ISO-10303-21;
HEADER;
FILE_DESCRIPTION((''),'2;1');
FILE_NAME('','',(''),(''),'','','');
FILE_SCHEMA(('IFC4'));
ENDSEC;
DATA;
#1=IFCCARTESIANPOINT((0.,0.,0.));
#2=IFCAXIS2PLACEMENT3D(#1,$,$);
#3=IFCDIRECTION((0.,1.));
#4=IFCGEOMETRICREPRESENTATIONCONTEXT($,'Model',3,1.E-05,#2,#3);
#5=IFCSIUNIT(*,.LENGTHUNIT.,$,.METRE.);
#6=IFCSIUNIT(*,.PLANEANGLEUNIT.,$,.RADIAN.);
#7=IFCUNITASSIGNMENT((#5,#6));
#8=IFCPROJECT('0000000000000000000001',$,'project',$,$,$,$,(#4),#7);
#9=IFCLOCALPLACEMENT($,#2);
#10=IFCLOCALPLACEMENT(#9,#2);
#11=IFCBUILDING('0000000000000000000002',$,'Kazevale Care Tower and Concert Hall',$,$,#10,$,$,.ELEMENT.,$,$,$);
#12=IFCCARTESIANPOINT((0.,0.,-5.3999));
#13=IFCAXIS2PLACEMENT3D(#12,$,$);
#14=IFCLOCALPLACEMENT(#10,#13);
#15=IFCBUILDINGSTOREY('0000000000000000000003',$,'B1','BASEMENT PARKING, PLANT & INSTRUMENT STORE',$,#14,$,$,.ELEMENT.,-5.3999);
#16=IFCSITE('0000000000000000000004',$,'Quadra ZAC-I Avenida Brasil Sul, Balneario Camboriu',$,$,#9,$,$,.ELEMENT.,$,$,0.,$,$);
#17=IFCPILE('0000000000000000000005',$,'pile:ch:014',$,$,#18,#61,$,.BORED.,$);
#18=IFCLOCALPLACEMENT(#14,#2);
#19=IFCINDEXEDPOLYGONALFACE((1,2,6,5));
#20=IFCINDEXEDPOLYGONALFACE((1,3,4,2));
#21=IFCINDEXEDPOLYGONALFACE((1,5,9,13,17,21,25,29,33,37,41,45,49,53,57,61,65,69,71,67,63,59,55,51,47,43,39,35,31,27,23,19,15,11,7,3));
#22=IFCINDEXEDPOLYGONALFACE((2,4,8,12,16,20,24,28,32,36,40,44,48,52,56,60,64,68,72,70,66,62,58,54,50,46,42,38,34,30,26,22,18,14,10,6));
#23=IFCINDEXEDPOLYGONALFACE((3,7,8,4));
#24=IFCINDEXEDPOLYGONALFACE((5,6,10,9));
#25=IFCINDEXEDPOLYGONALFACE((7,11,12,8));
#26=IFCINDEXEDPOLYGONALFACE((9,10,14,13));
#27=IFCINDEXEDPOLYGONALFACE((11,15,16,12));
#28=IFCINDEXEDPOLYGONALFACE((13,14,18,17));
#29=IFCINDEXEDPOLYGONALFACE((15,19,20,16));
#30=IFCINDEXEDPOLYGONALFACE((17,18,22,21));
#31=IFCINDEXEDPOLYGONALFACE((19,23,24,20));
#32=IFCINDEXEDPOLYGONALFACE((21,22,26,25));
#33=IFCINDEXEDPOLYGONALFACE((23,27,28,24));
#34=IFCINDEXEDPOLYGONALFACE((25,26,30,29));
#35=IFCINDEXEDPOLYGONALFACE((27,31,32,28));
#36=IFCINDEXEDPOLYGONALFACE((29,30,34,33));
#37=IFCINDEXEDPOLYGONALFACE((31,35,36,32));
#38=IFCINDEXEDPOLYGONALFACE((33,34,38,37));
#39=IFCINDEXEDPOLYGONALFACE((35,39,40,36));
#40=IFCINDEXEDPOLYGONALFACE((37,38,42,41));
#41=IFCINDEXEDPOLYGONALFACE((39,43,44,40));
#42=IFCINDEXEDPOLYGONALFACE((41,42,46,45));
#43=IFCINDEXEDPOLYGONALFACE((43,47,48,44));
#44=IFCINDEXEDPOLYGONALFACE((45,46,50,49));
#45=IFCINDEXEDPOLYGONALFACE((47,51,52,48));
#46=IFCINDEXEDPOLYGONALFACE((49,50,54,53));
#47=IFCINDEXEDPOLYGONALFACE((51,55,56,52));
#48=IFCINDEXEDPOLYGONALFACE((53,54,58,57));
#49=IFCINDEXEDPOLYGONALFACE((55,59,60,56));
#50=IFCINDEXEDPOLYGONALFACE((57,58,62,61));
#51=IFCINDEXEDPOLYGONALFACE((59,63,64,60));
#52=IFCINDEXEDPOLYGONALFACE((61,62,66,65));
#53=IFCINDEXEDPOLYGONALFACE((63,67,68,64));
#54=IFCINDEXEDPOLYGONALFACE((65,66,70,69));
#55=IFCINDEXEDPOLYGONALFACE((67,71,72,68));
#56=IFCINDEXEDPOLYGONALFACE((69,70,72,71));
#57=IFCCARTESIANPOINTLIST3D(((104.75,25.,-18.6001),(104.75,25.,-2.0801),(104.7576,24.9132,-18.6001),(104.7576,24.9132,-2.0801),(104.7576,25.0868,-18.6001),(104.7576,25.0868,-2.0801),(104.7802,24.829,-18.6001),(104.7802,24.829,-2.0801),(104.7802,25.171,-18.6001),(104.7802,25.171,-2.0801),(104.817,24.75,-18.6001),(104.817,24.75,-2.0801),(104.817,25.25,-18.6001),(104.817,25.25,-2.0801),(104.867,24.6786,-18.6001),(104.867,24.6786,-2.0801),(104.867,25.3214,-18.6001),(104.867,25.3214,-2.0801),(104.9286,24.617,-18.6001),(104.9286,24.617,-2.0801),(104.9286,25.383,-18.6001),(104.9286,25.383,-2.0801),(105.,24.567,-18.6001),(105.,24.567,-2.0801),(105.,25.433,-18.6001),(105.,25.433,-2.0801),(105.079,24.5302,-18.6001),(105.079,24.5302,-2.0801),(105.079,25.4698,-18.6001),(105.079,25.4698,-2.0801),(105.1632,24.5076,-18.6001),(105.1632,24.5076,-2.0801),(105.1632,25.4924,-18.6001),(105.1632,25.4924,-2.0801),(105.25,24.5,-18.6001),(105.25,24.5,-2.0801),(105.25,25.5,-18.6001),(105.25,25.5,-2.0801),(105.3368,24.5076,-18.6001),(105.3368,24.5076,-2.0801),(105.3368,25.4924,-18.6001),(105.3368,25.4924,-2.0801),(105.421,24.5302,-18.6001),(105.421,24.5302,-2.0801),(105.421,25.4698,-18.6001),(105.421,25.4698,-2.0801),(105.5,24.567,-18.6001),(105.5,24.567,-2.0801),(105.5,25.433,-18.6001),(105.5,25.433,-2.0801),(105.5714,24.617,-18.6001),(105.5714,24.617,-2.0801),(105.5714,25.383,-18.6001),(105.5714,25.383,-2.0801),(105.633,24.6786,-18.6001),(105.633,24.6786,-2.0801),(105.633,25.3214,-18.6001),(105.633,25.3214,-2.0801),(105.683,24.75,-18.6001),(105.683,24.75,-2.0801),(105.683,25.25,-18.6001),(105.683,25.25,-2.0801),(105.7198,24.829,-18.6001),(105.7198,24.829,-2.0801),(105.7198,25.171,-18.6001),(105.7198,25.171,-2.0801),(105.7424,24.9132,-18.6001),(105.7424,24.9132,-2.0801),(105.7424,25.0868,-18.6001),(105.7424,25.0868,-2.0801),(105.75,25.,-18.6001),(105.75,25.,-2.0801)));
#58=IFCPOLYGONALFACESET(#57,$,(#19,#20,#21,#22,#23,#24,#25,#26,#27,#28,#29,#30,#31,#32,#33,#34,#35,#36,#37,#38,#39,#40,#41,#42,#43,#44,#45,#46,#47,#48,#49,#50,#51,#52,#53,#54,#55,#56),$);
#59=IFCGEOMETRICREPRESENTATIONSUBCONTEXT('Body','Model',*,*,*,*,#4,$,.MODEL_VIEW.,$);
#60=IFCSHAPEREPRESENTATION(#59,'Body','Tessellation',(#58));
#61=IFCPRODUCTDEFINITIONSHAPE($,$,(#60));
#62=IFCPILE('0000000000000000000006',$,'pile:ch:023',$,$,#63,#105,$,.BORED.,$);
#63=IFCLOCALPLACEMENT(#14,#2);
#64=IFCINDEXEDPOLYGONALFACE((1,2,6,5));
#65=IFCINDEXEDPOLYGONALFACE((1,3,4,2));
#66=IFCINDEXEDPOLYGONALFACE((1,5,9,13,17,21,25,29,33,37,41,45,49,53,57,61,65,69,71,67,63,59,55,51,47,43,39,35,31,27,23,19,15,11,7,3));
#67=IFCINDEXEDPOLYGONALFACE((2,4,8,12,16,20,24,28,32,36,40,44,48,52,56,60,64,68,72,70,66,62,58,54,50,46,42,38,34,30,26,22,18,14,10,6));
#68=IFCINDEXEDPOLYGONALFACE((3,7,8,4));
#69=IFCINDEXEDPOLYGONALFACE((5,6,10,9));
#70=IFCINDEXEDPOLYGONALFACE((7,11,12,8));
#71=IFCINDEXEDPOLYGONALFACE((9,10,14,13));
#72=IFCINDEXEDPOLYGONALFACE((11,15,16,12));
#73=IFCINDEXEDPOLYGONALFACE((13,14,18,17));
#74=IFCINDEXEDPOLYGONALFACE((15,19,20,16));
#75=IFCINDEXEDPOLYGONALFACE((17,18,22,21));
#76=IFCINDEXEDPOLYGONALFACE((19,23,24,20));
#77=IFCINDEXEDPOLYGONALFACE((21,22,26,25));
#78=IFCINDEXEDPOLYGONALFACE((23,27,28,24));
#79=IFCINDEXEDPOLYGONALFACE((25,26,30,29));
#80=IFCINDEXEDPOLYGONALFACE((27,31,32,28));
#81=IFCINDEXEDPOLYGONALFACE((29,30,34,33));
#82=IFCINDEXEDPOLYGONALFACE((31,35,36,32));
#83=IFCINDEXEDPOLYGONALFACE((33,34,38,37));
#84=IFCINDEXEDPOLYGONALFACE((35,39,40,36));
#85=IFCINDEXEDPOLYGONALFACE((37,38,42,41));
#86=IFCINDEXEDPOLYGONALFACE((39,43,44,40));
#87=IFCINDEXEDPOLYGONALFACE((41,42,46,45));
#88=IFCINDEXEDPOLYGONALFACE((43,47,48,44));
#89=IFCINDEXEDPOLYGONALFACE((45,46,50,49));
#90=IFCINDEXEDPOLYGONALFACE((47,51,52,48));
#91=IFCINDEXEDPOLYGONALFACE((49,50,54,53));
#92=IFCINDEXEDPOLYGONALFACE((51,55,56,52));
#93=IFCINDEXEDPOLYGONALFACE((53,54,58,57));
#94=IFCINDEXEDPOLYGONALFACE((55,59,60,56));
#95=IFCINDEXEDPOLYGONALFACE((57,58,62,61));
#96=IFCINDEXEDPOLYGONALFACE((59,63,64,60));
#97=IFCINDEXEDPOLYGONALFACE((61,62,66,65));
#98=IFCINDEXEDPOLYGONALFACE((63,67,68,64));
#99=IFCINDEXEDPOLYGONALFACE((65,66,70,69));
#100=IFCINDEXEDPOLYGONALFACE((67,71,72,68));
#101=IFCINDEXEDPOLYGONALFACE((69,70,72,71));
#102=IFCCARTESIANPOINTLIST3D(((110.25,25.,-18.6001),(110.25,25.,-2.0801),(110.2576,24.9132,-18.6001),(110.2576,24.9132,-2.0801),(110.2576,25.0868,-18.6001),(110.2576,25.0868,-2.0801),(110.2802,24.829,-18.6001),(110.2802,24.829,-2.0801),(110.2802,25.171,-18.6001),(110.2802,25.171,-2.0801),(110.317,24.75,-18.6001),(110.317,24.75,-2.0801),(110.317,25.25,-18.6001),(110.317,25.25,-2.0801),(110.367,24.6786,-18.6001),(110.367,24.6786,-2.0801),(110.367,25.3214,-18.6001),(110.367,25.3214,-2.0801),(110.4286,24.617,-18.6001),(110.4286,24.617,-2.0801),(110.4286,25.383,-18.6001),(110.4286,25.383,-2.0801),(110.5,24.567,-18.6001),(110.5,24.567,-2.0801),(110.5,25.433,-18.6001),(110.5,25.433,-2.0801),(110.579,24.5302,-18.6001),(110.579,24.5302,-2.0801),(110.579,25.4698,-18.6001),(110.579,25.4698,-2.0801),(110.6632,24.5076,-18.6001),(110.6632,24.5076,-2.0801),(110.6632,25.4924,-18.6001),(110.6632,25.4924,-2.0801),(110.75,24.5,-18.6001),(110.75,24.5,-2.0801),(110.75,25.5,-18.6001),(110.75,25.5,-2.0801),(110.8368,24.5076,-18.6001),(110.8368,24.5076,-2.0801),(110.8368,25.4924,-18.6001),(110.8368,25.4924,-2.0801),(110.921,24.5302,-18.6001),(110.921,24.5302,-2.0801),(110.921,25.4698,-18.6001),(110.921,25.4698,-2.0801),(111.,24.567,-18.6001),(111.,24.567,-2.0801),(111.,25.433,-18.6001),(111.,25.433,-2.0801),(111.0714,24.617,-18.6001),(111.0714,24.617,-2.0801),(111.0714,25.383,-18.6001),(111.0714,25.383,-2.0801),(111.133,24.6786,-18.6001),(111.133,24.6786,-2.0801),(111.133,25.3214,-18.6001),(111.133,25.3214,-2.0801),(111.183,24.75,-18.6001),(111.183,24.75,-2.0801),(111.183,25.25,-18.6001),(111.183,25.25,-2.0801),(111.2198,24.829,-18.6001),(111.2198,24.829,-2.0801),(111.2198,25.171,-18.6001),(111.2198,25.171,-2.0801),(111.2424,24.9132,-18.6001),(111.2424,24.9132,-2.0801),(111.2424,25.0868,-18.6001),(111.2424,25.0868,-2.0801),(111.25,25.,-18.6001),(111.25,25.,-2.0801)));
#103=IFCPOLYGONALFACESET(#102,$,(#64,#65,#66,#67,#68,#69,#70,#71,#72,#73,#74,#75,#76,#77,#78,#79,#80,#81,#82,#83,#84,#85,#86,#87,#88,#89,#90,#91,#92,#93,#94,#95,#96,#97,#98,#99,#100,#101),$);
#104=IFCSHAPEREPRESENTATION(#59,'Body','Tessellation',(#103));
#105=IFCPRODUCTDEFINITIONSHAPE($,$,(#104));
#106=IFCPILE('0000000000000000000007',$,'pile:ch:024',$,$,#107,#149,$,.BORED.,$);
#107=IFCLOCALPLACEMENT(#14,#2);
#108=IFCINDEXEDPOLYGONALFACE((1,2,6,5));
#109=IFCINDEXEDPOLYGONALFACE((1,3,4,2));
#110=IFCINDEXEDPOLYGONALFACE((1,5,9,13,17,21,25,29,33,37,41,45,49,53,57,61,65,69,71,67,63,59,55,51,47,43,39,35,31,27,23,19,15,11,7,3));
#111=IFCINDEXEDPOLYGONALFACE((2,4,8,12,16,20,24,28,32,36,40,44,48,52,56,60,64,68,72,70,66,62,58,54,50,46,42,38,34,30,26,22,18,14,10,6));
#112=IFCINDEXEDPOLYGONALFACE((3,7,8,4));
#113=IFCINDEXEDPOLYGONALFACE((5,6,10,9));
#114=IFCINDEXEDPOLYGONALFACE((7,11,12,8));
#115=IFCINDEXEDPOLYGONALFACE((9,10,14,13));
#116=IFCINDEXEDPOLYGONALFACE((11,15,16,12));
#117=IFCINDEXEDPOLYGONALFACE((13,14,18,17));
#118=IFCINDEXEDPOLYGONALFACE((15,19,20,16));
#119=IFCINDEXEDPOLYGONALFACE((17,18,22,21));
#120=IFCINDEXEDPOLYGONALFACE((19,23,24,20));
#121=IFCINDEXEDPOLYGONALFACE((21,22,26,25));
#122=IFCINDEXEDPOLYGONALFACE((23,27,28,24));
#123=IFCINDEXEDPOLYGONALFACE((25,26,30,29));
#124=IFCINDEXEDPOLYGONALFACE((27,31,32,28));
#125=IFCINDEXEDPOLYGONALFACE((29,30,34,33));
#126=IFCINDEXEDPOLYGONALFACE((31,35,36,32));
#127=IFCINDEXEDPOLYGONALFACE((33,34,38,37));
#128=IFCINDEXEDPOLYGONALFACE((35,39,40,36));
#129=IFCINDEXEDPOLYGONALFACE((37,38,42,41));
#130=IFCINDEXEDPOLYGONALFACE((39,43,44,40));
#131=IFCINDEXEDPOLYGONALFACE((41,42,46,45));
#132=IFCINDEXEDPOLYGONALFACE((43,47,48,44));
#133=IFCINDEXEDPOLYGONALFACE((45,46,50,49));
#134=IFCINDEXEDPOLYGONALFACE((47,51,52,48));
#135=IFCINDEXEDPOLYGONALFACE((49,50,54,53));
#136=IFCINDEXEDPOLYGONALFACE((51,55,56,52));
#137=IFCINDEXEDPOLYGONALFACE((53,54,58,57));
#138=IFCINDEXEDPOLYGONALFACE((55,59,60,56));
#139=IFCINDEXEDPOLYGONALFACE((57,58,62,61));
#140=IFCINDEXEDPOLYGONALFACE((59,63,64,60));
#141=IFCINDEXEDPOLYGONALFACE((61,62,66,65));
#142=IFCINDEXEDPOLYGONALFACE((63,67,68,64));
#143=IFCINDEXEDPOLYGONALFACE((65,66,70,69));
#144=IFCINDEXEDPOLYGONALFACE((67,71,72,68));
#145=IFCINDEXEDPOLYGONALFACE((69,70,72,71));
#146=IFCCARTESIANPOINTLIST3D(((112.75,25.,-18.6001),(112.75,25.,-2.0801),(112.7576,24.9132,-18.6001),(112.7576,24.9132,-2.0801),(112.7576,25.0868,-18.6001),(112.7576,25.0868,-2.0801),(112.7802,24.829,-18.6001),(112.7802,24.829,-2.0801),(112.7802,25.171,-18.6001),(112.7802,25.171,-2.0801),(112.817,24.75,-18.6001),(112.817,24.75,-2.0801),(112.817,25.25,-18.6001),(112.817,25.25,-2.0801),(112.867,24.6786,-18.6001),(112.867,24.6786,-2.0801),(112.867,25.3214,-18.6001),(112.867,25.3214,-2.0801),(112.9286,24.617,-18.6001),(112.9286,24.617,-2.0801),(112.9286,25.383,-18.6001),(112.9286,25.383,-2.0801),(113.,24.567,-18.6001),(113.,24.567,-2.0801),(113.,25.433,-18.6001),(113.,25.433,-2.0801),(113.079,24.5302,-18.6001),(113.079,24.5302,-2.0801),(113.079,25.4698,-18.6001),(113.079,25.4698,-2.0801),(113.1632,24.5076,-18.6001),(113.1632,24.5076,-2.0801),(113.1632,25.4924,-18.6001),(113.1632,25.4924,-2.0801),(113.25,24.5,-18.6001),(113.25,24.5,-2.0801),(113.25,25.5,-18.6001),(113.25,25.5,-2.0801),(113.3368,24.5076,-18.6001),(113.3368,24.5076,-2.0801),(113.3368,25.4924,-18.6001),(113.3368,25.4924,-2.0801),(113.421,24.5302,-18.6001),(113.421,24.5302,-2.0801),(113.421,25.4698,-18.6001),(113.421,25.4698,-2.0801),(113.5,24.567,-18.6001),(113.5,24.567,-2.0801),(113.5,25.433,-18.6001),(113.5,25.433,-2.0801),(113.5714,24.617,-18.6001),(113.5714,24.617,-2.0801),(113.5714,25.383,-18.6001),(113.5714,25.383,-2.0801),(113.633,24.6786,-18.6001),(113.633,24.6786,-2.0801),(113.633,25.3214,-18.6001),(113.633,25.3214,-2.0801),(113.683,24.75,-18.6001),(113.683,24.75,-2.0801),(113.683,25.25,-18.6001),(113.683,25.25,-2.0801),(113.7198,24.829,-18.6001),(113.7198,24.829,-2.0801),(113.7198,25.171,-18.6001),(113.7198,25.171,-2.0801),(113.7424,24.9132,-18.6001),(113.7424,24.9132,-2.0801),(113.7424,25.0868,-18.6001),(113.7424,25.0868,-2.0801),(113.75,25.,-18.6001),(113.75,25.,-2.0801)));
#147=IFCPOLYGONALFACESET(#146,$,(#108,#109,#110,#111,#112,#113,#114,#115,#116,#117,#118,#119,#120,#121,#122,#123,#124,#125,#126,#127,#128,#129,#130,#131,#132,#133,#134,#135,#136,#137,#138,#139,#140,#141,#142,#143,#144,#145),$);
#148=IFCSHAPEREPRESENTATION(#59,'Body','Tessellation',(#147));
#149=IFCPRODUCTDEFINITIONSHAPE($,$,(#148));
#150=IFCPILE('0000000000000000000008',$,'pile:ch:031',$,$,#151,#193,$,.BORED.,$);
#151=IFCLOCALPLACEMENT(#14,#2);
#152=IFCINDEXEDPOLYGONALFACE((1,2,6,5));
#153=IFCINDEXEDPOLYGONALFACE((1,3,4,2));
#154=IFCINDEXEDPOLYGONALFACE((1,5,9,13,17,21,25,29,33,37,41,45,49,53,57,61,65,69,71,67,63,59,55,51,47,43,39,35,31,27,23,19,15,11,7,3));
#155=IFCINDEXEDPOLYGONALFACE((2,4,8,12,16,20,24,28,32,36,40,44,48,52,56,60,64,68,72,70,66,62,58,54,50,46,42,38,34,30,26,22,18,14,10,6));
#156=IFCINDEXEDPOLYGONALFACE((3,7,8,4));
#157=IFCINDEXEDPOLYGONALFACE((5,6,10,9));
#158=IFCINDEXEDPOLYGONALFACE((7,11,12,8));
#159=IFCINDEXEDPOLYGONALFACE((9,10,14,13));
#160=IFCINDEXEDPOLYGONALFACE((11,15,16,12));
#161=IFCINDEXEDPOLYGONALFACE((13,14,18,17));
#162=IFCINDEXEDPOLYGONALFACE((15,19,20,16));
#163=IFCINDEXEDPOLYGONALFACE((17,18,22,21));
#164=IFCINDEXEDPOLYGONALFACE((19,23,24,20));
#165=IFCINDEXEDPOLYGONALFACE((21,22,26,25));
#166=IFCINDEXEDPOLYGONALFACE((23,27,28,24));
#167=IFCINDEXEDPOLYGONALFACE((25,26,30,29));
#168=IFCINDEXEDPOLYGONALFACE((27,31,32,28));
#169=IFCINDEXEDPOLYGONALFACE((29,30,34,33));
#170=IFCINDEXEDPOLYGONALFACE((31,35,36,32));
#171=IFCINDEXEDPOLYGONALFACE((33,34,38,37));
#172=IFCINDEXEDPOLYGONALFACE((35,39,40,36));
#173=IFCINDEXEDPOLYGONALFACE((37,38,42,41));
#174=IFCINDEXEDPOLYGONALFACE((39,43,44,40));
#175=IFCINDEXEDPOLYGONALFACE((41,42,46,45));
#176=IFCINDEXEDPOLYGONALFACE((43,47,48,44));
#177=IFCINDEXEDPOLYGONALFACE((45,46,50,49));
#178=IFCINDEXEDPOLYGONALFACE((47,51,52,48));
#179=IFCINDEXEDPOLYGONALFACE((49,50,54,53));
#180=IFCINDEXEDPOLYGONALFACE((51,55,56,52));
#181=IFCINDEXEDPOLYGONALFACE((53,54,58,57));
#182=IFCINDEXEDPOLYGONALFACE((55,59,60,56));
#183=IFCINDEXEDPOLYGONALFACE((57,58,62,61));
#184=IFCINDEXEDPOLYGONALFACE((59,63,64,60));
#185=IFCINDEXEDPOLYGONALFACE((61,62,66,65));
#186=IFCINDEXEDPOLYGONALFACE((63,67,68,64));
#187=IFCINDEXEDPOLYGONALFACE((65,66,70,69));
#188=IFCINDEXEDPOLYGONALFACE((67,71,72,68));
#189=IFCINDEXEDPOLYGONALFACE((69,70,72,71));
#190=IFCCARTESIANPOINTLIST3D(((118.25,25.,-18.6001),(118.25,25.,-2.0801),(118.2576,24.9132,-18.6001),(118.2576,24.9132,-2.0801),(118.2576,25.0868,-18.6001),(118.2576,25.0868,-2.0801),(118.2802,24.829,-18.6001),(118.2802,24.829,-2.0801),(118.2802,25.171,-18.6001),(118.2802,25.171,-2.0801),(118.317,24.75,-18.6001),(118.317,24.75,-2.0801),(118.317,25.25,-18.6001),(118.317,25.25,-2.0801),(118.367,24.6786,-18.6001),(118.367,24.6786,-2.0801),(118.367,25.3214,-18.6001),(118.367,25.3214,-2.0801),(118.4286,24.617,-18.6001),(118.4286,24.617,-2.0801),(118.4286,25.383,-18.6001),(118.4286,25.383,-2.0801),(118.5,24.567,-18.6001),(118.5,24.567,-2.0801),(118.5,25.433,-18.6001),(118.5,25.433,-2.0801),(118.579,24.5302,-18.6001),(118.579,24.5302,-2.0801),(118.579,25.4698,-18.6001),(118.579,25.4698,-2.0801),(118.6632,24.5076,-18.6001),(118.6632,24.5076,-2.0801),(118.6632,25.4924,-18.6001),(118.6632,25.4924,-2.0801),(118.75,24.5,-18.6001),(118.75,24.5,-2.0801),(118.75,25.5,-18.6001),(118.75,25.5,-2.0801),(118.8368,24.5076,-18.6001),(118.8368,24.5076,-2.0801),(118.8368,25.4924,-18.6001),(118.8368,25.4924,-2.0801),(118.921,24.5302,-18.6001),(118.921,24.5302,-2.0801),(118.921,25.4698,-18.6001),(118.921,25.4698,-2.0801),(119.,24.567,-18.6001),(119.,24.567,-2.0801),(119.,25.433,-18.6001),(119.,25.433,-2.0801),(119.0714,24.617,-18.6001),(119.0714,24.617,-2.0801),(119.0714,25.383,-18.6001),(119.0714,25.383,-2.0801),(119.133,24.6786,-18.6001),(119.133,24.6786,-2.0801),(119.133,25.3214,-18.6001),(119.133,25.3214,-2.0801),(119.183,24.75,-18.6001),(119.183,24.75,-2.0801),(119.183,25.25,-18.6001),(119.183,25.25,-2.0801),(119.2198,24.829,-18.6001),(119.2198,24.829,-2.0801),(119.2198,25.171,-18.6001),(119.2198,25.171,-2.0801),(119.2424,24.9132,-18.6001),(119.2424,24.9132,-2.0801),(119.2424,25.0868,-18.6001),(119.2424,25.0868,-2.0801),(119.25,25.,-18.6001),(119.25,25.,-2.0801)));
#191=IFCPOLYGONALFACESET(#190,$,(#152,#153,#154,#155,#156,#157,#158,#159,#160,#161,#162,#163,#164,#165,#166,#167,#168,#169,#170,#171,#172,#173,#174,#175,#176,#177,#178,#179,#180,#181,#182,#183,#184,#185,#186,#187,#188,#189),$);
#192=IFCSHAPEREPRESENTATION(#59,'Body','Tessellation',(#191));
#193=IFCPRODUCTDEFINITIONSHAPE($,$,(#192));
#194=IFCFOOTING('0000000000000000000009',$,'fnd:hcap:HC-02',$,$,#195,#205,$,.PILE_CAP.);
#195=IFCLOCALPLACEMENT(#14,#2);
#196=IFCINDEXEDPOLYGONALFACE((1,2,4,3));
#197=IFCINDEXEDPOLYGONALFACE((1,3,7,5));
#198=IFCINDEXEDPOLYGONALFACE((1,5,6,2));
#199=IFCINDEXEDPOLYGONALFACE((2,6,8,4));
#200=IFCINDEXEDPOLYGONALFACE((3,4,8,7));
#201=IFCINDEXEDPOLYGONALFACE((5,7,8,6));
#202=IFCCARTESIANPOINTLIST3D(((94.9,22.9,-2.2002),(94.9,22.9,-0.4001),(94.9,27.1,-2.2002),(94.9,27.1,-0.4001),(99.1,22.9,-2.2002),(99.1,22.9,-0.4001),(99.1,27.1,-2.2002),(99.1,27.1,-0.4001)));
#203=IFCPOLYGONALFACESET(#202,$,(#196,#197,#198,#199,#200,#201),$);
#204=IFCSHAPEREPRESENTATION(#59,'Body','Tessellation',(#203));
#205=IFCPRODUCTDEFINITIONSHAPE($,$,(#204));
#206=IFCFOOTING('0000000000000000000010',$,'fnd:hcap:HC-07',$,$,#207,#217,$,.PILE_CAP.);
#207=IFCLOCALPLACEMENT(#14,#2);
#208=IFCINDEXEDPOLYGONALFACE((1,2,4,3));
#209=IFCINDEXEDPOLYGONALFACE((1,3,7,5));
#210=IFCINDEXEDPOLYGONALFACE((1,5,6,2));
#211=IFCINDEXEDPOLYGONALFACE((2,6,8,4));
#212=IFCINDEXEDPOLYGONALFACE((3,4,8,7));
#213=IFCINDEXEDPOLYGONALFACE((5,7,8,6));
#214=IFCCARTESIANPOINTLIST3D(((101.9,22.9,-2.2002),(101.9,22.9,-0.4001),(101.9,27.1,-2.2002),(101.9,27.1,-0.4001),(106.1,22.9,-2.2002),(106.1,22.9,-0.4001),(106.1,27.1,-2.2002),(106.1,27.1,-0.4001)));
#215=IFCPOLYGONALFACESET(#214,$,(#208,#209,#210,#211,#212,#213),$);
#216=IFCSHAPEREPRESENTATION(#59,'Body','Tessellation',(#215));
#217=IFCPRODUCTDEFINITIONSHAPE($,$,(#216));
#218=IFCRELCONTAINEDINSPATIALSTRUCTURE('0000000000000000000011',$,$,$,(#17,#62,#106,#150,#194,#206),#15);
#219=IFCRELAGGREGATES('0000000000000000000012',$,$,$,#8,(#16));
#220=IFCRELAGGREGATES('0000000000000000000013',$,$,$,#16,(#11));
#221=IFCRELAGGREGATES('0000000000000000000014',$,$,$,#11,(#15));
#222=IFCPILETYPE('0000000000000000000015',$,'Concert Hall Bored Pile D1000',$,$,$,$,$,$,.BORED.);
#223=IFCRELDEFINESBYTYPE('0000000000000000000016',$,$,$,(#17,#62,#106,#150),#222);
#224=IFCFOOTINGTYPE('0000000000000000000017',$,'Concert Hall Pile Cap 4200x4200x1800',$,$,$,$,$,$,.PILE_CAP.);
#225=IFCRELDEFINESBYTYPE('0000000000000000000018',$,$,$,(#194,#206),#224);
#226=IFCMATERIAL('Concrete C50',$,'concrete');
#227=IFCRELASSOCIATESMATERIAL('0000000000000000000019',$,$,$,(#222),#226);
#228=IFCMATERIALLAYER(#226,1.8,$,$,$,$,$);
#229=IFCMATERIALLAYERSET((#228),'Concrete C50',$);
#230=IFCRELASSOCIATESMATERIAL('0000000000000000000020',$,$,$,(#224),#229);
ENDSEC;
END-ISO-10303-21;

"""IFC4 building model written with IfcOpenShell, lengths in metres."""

from ifc_helpers import new_model, si_unit, direction, frame, origin, origin_2d, place, context, subcontext, project, spatial, rectangle, circle, extrude, material, layer, layer_set, material_profile, profile_set, type_object, element, save


model = new_model("IFC4")

# Units and contexts
model_context = context("Model", 3, precision=1e-05, world=origin(), true_north=direction((0.0, 1.0)))
body_context = subcontext(model_context, "Body", "Model", "MODEL_VIEW")
ifc_project = project(units=[si_unit("LENGTHUNIT", "METRE"), si_unit("PLANEANGLEUNIT", "RADIAN")], contexts=[model_context])

# Site, building, storey
site_placement = place(None, origin())
site = spatial("IfcSite", under=ifc_project, at=site_placement, Name="Quadra ZAC-I Avenida Brasil Sul, Balneario Camboriu", CompositionType="ELEMENT", RefElevation=0.0)
building_placement = place(site_placement, origin())
building = spatial("IfcBuilding", under=site, at=building_placement, Name="Kazevale Care Tower and Concert Hall", CompositionType="ELEMENT")
storey_placement = place(building_placement, frame((0.0, 0.0, -5.3999)))
storey = spatial("IfcBuildingStorey", under=building, at=storey_placement, Name="B1", Description="BASEMENT PARKING, PLANT & INSTRUMENT STORE", CompositionType="ELEMENT", Elevation=-5.3999)

# Piles
ifc_material_1 = material(Name="Concrete C50", Category="concrete")
ifc_material_profile_1 = material_profile(ifc_material_1, circle(Radius=0.5, at=origin_2d()), Name="PILE-D1000")
ifc_profile_set_1 = profile_set([ifc_material_profile_1], Name="Concrete C50")
pile_type = type_object("IfcPileType", Name="Concert Hall Bored Pile D1000", PredefinedType="BORED", material=ifc_profile_set_1)
for number, where, z_axis, x_axis, name in (
    (1, (105.25, 25.0, -2.0801), (0.0, 0.0, -1.0), (1.0, 0.0, 0.0), "pile:ch:014"),
    (2, (110.75, 25.0, -2.0801), (0.0, 0.0, -1.0), (1.0, 0.0, 0.0), "pile:ch:023"),
    (3, (113.25, 25.0, -2.0801), (0.0, 0.0, -1.0), (1.0, 0.0, 0.0), "pile:ch:024"),
    (4, (118.75, 25.0, -2.0801), (0.0, 0.0, -1.0), (1.0, 0.0, 0.0), "pile:ch:031"),
):
    element("IfcPile", number, at=place(storey_placement, frame(where, z_axis=z_axis, x_axis=x_axis)), inside=storey, type_object=pile_type, Name=name, PredefinedType="BORED", context=body_context, shape_type="SweptSolid", body=[
        extrude(circle(Radius=0.5, at=origin_2d()), origin(), (0.0, 0.0, 1.0), 16.52),
    ])

# Footings
ifc_layer_1 = layer(ifc_material_1, 1.8)
ifc_layer_set_1 = layer_set([ifc_layer_1], Name="Concrete C50")
footing_type_1 = type_object("IfcFootingType", Name="Concert Hall Pile Cap 4200x4200x1800", PredefinedType="PILE_CAP", material=ifc_layer_set_1)
for number, where, z_axis, x_axis, name in (
    (5, (97.0, 25.0, -2.2002), (0.0, 0.0, 1.0), (1.0, 0.0, 0.0), "fnd:hcap:HC-02"),
    (6, (104.0, 25.0, -2.2002), (0.0, 0.0, 1.0), (1.0, 0.0, 0.0), "fnd:hcap:HC-07"),
):
    element("IfcFooting", number, at=place(storey_placement, frame(where, z_axis=z_axis, x_axis=x_axis)), inside=storey, type_object=footing_type_1, Name=name, PredefinedType="PILE_CAP", context=body_context, shape_type="SweptSolid", body=[
        extrude(rectangle(XDim=4.2, YDim=4.2, at=origin_2d()), origin(), (0.0, 0.0, 1.0), 1.8),
    ])

save(model, "model.ifc")
